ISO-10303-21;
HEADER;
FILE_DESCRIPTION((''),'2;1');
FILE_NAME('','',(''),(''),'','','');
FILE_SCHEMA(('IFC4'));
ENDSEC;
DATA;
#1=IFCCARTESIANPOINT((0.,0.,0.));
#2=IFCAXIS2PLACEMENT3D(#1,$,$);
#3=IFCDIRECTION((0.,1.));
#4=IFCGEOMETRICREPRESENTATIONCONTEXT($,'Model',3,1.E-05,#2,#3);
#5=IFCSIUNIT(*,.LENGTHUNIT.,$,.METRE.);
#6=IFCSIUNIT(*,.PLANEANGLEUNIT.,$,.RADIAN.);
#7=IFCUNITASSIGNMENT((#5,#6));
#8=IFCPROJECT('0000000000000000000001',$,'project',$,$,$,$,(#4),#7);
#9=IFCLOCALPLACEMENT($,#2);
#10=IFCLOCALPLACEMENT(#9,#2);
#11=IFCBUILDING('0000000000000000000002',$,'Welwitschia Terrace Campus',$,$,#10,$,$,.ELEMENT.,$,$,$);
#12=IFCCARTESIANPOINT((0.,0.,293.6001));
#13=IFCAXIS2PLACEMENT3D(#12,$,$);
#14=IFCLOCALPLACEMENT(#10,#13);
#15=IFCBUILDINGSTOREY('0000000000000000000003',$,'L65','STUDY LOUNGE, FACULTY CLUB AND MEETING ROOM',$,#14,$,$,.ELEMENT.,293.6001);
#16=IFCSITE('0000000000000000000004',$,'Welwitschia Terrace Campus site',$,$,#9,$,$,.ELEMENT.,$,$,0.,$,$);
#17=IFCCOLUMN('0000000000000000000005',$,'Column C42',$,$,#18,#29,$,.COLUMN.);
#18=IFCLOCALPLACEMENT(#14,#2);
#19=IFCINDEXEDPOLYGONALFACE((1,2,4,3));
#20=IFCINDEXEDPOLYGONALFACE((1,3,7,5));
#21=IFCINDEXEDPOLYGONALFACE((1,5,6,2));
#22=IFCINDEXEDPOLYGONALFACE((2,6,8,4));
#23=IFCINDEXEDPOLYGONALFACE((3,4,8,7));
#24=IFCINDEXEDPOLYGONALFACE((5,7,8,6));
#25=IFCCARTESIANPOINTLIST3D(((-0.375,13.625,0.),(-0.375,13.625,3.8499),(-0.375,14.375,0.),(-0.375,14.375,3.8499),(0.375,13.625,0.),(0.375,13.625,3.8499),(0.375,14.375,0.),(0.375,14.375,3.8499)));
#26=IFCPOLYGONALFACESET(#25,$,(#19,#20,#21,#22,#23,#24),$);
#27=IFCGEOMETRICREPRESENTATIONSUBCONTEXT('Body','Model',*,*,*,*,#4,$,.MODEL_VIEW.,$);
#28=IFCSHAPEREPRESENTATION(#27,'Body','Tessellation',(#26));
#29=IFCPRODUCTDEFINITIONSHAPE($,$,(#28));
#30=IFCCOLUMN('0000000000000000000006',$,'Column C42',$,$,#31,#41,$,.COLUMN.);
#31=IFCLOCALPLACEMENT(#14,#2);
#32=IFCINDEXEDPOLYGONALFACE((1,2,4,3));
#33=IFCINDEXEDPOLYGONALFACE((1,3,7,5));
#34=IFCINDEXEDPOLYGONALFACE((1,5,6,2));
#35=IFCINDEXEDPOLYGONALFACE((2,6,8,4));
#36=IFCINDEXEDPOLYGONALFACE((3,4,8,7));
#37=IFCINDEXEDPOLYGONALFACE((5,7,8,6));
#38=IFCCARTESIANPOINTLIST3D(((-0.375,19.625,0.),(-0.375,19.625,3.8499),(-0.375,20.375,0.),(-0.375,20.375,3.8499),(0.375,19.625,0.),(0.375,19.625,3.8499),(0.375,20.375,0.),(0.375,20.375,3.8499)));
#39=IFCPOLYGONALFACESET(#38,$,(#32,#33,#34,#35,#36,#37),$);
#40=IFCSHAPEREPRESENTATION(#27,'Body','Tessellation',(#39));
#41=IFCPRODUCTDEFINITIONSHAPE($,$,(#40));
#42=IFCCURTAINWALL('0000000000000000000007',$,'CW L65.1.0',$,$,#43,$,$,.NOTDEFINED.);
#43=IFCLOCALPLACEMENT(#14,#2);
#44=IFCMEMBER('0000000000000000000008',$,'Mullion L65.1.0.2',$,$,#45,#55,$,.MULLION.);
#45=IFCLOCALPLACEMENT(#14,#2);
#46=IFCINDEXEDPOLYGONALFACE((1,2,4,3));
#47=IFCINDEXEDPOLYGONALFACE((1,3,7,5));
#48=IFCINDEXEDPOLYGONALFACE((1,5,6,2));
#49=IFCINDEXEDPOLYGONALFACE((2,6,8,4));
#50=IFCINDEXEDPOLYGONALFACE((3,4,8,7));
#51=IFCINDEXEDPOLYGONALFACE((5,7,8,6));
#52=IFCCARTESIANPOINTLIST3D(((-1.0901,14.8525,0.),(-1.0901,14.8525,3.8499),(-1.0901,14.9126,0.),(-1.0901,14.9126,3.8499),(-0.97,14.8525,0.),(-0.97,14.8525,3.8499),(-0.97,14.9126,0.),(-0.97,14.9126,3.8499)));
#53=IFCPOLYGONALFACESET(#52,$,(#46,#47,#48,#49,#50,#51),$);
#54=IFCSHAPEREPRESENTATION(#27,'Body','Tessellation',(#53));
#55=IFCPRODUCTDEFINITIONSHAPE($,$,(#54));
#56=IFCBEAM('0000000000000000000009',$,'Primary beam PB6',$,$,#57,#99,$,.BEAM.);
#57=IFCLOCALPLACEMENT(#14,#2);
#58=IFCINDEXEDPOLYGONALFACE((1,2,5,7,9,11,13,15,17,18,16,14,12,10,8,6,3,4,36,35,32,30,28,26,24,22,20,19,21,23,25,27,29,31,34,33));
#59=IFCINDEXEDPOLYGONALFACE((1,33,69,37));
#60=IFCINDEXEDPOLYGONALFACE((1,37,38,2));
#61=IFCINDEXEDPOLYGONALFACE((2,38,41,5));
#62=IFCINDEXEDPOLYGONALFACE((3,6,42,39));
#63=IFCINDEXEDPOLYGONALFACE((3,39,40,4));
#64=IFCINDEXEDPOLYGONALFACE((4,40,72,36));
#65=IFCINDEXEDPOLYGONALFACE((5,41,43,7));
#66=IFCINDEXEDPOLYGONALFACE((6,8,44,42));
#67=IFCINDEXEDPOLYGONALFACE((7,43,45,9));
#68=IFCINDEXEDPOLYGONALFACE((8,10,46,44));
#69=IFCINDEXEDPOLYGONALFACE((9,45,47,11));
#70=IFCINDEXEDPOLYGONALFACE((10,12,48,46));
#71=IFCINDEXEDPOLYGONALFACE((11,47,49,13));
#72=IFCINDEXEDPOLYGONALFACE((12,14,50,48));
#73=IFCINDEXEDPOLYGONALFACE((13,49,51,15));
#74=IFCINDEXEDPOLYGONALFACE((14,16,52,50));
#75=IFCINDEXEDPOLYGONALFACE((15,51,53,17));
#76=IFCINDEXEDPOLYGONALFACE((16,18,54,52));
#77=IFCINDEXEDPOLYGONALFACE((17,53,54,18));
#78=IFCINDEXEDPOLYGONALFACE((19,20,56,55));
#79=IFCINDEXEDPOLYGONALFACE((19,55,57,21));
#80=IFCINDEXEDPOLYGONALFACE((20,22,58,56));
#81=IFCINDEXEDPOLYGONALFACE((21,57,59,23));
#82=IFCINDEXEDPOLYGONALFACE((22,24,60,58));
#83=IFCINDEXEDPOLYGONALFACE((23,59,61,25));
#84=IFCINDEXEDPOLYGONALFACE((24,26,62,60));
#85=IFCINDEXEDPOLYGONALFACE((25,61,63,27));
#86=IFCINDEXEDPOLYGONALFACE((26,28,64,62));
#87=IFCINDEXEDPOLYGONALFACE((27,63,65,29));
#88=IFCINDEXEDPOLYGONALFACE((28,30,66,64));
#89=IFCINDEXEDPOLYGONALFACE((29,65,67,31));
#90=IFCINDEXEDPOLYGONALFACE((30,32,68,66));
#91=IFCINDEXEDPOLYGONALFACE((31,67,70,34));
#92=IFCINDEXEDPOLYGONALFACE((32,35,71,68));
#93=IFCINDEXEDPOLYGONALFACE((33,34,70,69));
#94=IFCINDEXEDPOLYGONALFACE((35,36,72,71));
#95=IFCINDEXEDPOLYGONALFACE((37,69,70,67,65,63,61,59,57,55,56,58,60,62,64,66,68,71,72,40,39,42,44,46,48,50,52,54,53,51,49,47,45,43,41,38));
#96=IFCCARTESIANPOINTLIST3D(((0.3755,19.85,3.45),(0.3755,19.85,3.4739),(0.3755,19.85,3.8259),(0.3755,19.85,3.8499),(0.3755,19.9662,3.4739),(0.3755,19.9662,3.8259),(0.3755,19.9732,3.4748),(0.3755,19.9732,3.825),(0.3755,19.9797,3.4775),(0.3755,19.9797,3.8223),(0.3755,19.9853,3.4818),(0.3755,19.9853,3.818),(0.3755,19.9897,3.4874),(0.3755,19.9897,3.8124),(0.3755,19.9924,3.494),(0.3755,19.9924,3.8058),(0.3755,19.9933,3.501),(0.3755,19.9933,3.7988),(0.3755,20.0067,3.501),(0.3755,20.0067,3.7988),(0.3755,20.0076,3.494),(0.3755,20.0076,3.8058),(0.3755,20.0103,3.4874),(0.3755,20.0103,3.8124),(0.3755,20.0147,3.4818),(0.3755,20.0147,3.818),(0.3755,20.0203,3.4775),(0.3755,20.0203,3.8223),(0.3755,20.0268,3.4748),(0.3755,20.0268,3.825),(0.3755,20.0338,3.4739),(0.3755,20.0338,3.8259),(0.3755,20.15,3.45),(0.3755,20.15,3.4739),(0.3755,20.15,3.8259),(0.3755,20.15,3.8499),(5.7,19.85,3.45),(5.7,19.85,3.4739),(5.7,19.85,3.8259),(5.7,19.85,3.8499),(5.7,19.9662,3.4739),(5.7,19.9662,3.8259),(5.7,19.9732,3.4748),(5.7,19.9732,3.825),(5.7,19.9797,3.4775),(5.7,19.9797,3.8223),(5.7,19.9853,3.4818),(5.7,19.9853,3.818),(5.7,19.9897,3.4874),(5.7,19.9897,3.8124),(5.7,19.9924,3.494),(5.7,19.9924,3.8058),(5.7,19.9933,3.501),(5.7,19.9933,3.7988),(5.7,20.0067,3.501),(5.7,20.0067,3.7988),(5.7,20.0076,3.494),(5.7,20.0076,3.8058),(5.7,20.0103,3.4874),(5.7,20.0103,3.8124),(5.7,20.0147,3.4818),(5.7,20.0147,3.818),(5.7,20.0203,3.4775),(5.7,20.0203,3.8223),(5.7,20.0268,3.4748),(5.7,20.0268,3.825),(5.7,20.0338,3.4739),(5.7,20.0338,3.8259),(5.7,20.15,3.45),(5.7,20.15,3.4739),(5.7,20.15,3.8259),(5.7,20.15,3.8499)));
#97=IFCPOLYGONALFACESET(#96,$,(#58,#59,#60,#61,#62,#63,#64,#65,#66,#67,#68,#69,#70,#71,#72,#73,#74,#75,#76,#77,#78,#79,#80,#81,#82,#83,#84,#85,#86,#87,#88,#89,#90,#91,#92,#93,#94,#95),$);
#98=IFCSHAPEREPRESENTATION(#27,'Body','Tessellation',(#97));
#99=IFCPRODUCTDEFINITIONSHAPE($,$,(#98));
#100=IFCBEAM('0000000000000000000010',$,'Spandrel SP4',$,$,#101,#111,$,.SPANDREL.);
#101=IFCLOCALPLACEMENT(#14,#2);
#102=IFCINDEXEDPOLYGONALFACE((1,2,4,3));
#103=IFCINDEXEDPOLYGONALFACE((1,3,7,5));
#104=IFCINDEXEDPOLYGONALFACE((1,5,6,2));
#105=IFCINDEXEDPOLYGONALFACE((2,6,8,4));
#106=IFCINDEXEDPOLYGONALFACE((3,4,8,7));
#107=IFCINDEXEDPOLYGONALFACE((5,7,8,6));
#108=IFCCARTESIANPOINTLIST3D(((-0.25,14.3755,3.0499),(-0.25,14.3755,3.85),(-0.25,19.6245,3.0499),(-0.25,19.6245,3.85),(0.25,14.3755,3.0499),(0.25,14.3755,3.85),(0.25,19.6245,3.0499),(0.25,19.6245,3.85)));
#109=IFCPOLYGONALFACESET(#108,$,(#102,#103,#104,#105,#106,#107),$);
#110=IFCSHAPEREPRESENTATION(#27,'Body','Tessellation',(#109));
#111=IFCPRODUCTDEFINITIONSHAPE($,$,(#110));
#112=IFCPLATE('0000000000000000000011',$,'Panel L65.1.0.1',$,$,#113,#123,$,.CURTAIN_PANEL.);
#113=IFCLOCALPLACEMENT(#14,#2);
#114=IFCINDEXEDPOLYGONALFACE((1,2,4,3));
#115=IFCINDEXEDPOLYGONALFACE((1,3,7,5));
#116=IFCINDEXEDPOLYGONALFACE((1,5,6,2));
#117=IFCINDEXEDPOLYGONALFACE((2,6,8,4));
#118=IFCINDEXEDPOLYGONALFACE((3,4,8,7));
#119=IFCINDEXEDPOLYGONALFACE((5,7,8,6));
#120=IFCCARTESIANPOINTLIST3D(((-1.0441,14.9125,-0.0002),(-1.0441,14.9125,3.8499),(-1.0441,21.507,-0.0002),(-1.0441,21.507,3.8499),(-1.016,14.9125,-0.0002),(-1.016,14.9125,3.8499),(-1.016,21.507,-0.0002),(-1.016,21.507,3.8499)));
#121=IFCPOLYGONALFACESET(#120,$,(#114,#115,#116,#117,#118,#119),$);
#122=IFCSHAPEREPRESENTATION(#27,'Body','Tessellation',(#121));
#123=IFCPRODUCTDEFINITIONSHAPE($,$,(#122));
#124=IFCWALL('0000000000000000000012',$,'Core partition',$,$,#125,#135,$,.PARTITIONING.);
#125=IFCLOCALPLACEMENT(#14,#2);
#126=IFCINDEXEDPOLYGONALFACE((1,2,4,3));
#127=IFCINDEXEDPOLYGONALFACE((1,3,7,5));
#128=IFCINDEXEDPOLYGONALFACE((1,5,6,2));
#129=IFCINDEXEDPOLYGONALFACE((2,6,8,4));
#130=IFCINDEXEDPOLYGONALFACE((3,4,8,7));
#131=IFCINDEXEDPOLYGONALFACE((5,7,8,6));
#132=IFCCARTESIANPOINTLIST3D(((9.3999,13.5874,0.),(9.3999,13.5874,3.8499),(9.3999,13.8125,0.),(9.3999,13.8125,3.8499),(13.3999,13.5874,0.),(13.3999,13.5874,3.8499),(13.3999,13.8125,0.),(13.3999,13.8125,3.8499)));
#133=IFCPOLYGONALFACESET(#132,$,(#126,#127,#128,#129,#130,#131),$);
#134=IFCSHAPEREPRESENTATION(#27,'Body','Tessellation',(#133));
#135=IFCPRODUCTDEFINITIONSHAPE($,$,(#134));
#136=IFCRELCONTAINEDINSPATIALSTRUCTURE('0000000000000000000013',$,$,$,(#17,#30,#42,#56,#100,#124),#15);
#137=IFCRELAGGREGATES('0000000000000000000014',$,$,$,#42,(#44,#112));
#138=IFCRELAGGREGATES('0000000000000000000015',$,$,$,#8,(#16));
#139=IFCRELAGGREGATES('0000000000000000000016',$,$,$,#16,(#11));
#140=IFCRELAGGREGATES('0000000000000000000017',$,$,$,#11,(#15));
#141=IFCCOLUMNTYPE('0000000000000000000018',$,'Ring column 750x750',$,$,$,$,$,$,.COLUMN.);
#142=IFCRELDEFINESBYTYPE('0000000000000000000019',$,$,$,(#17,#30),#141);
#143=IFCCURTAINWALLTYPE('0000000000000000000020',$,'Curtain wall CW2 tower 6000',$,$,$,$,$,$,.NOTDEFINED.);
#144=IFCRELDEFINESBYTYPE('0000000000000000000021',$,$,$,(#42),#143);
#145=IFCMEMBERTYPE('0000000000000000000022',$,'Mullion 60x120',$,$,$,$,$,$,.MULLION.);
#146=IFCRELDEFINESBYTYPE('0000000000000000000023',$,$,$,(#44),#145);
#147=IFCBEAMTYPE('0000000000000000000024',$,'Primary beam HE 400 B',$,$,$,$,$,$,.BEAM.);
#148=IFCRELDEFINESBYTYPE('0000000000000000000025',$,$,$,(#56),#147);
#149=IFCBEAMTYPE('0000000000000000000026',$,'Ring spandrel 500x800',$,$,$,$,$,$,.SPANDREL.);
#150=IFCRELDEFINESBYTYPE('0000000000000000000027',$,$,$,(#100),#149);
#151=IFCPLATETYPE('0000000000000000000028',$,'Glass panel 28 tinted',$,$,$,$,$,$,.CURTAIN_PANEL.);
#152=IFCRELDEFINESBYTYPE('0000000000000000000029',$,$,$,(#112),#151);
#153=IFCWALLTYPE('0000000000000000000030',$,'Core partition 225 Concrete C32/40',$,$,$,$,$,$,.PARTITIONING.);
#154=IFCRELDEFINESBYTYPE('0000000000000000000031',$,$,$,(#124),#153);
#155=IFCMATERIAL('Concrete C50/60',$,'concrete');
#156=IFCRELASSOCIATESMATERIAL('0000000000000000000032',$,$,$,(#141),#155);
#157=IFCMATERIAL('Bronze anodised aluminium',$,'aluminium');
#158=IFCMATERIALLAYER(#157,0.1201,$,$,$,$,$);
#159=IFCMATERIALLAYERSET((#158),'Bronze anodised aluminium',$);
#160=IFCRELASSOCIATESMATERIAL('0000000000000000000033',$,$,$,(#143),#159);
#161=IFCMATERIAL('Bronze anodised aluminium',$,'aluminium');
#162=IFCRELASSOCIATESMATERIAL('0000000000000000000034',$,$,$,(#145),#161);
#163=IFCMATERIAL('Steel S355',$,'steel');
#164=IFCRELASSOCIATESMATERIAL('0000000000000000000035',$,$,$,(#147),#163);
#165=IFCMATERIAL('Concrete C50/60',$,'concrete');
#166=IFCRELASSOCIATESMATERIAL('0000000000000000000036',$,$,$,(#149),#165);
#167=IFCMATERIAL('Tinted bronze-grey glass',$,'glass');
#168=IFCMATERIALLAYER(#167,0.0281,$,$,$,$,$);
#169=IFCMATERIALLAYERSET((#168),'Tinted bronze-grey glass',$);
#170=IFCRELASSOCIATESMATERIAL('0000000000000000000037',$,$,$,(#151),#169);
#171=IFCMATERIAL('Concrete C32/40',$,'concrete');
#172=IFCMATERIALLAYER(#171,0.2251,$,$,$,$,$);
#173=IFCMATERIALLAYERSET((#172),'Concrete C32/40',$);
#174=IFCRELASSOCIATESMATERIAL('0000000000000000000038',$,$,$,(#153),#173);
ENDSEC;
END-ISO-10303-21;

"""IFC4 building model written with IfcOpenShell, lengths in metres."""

from ifc_helpers import new_model, si_unit, direction, frame, frame_2d, origin, origin_2d, place, context, subcontext, project, spatial, rectangle, i_section, extrude, material, layer, layer_set, material_profile, profile_set, type_object, element, aggregate, save


model = new_model("IFC4")

# Units and contexts
model_context = context("Model", 3, precision=1e-05, world=origin(), true_north=direction((0.0, 1.0)))
body_context = subcontext(model_context, "Body", "Model", "MODEL_VIEW")
ifc_project = project(units=[si_unit("LENGTHUNIT", "METRE"), si_unit("PLANEANGLEUNIT", "RADIAN")], contexts=[model_context])

# Site, building, storey
site_placement = place(None, origin())
site = spatial("IfcSite", under=ifc_project, at=site_placement, Name="Welwitschia Terrace Campus site", CompositionType="ELEMENT", RefElevation=0.0)
building_placement = place(site_placement, origin())
building = spatial("IfcBuilding", under=site, at=building_placement, Name="Welwitschia Terrace Campus", CompositionType="ELEMENT")
storey_placement = place(building_placement, frame((0.0, 0.0, 293.6001)))
storey = spatial("IfcBuildingStorey", under=building, at=storey_placement, Name="L65", Description="STUDY LOUNGE, FACULTY CLUB AND MEETING ROOM", CompositionType="ELEMENT", Elevation=293.6001)

# Columns
ifc_material_1 = material(Name="Concrete C50/60", Category="concrete")
ifc_material_profile_1 = material_profile(ifc_material_1, rectangle(XDim=0.75, YDim=0.75, at=origin_2d()))
ifc_profile_set_1 = profile_set([ifc_material_profile_1], Name="Concrete C50/60")
column_type = type_object("IfcColumnType", Name="Ring column 750x750", PredefinedType="COLUMN", material=ifc_profile_set_1)
for number, where, z_axis, x_axis, name in (
    (1, (0.0, 14.0, 0.0), (0.0, 0.0, 1.0), (1.0, 0.0, 0.0), "Column C42"),
    (2, (0.0, 20.0, 0.0), (0.0, 0.0, 1.0), (1.0, 0.0, 0.0), "Column C42"),
):
    element("IfcColumn", number, at=place(storey_placement, frame(where, z_axis=z_axis, x_axis=x_axis)), inside=storey, type_object=column_type, Name=name, PredefinedType="COLUMN", context=body_context, shape_type="SweptSolid", body=[
        extrude(rectangle(XDim=0.75, YDim=0.75, at=origin_2d()), origin(), (0.0, 0.0, 1.0), 3.8499),
    ])

# Curtain wall, member
ifc_material_2 = material(Name="Bronze anodised aluminium", Category="aluminium")
ifc_layer_1 = layer(ifc_material_2, 0.1201)
ifc_layer_set_1 = layer_set([ifc_layer_1], Name="Bronze anodised aluminium")
curtain_wall_type = type_object("IfcCurtainWallType", Name="Curtain wall CW2 tower 6000", PredefinedType="NOTDEFINED", material=ifc_layer_set_1)
curtain_wall_placement = place(storey_placement, origin())
curtain_wall = element("IfcCurtainWall", 3, at=curtain_wall_placement, inside=storey, type_object=curtain_wall_type, Name="CW L65.1.0", PredefinedType="NOTDEFINED")
ifc_material_3 = material(Name="Bronze anodised aluminium", Category="aluminium")
ifc_material_profile_2 = material_profile(ifc_material_3, rectangle(XDim=0.1201, YDim=0.0601, at=origin_2d()))
ifc_profile_set_2 = profile_set([ifc_material_profile_2], Name="Bronze anodised aluminium")
member_type = type_object("IfcMemberType", Name="Mullion 60x120", PredefinedType="MULLION", material=ifc_profile_set_2)
member_placement = place(storey_placement, frame((-1.03, 14.8826, 0.0), z_axis=(0.0, 0.0, 1.0), x_axis=(1.0, 0.0, 0.0)))
member = element("IfcMember", 4, at=member_placement, type_object=member_type, Name="Mullion L65.1.0.2", PredefinedType="MULLION", context=body_context, shape_type="SweptSolid", body=[
    extrude(rectangle(XDim=0.1201, YDim=0.0601, at=origin_2d()), origin(), (0.0, 0.0, 1.0), 3.8499),
])

# Beams
ifc_material_4 = material(Name="Steel S355", Category="steel")
ifc_material_profile_3 = material_profile(ifc_material_4, i_section(OverallWidth=0.3, OverallDepth=0.3999, WebThickness=0.0134, FlangeThickness=0.0239, FilletRadius=0.0271, at=origin_2d()))
ifc_profile_set_3 = profile_set([ifc_material_profile_3], Name="Steel S355")
beam_type_1 = type_object("IfcBeamType", Name="Primary beam HE 400 B", PredefinedType="BEAM", material=ifc_profile_set_3)
beam_1_placement = place(storey_placement, frame((0.3755, 20.0, 3.6499), z_axis=(1.0, 0.0, 0.0), x_axis=(0.0, 1.0, 0.0)))
element("IfcBeam", 5, at=beam_1_placement, inside=storey, type_object=beam_type_1, Name="Primary beam PB6", PredefinedType="BEAM", context=body_context, shape_type="SweptSolid", body=[
    extrude(i_section(OverallWidth=0.3, OverallDepth=0.3999, WebThickness=0.0134, FlangeThickness=0.0239, FilletRadius=0.0271, at=origin_2d()), origin(), (0.0, 0.0, 1.0), 5.3245),
])
ifc_material_5 = material(Name="Concrete C50/60", Category="concrete")
ifc_material_profile_4 = material_profile(ifc_material_5, rectangle(XDim=0.5, YDim=0.8, at=origin_2d()))
ifc_profile_set_4 = profile_set([ifc_material_profile_4], Name="Concrete C50/60")
beam_type_2 = type_object("IfcBeamType", Name="Ring spandrel 500x800", PredefinedType="SPANDREL", material=ifc_profile_set_4)
beam_2_placement = place(storey_placement, frame((0.0, 19.6245, 3.45), z_axis=(0.0, -1.0, 0.0), x_axis=(1.0, 0.0, 0.0)))
element("IfcBeam", 6, at=beam_2_placement, inside=storey, type_object=beam_type_2, Name="Spandrel SP4", PredefinedType="SPANDREL", context=body_context, shape_type="SweptSolid", body=[
    extrude(rectangle(XDim=0.5, YDim=0.8, at=origin_2d()), origin(), (0.0, 0.0, 1.0), 5.249),
])

# Plate
ifc_material_6 = material(Name="Tinted bronze-grey glass", Category="glass")
ifc_layer_2 = layer(ifc_material_6, 0.0281)
ifc_layer_set_2 = layer_set([ifc_layer_2], Name="Tinted bronze-grey glass")
plate_type = type_object("IfcPlateType", Name="Glass panel 28 tinted", PredefinedType="CURTAIN_PANEL", material=ifc_layer_set_2)
plate_placement = place(storey_placement, frame((-1.03, 18.2097, -0.0002), z_axis=(0.0, 0.0, 1.0), x_axis=(0.0, -1.0, 0.0)))
plate = element("IfcPlate", 7, at=plate_placement, type_object=plate_type, Name="Panel L65.1.0.1", PredefinedType="CURTAIN_PANEL", context=body_context, shape_type="SweptSolid", body=[
    extrude(rectangle(XDim=6.5945, YDim=0.0281, at=origin_2d()), origin(), (0.0, 0.0, 1.0), 3.8501),
])
aggregate(curtain_wall, [member, plate])

# Wall
ifc_material_7 = material(Name="Concrete C32/40", Category="concrete")
ifc_layer_3 = layer(ifc_material_7, 0.2251)
ifc_layer_set_3 = layer_set([ifc_layer_3], Name="Concrete C32/40")
wall_type_1 = type_object("IfcWallType", Name="Core partition 225 Concrete C32/40", PredefinedType="PARTITIONING", material=ifc_layer_set_3)
wall_1_placement = place(storey_placement, frame((9.3999, 13.7, 0.0), z_axis=(0.0, 0.0, 1.0), x_axis=(1.0, 0.0, 0.0)))
element("IfcWall", 8, at=wall_1_placement, inside=storey, type_object=wall_type_1, Name="Core partition", PredefinedType="PARTITIONING", context=body_context, shape_type="SweptSolid", body=[
    extrude(rectangle(XDim=4.0, YDim=0.2251, at=frame_2d((2.0, 0.0))), origin(), (0.0, 0.0, 1.0), 3.8499),
])

save(model, "model.ifc")
